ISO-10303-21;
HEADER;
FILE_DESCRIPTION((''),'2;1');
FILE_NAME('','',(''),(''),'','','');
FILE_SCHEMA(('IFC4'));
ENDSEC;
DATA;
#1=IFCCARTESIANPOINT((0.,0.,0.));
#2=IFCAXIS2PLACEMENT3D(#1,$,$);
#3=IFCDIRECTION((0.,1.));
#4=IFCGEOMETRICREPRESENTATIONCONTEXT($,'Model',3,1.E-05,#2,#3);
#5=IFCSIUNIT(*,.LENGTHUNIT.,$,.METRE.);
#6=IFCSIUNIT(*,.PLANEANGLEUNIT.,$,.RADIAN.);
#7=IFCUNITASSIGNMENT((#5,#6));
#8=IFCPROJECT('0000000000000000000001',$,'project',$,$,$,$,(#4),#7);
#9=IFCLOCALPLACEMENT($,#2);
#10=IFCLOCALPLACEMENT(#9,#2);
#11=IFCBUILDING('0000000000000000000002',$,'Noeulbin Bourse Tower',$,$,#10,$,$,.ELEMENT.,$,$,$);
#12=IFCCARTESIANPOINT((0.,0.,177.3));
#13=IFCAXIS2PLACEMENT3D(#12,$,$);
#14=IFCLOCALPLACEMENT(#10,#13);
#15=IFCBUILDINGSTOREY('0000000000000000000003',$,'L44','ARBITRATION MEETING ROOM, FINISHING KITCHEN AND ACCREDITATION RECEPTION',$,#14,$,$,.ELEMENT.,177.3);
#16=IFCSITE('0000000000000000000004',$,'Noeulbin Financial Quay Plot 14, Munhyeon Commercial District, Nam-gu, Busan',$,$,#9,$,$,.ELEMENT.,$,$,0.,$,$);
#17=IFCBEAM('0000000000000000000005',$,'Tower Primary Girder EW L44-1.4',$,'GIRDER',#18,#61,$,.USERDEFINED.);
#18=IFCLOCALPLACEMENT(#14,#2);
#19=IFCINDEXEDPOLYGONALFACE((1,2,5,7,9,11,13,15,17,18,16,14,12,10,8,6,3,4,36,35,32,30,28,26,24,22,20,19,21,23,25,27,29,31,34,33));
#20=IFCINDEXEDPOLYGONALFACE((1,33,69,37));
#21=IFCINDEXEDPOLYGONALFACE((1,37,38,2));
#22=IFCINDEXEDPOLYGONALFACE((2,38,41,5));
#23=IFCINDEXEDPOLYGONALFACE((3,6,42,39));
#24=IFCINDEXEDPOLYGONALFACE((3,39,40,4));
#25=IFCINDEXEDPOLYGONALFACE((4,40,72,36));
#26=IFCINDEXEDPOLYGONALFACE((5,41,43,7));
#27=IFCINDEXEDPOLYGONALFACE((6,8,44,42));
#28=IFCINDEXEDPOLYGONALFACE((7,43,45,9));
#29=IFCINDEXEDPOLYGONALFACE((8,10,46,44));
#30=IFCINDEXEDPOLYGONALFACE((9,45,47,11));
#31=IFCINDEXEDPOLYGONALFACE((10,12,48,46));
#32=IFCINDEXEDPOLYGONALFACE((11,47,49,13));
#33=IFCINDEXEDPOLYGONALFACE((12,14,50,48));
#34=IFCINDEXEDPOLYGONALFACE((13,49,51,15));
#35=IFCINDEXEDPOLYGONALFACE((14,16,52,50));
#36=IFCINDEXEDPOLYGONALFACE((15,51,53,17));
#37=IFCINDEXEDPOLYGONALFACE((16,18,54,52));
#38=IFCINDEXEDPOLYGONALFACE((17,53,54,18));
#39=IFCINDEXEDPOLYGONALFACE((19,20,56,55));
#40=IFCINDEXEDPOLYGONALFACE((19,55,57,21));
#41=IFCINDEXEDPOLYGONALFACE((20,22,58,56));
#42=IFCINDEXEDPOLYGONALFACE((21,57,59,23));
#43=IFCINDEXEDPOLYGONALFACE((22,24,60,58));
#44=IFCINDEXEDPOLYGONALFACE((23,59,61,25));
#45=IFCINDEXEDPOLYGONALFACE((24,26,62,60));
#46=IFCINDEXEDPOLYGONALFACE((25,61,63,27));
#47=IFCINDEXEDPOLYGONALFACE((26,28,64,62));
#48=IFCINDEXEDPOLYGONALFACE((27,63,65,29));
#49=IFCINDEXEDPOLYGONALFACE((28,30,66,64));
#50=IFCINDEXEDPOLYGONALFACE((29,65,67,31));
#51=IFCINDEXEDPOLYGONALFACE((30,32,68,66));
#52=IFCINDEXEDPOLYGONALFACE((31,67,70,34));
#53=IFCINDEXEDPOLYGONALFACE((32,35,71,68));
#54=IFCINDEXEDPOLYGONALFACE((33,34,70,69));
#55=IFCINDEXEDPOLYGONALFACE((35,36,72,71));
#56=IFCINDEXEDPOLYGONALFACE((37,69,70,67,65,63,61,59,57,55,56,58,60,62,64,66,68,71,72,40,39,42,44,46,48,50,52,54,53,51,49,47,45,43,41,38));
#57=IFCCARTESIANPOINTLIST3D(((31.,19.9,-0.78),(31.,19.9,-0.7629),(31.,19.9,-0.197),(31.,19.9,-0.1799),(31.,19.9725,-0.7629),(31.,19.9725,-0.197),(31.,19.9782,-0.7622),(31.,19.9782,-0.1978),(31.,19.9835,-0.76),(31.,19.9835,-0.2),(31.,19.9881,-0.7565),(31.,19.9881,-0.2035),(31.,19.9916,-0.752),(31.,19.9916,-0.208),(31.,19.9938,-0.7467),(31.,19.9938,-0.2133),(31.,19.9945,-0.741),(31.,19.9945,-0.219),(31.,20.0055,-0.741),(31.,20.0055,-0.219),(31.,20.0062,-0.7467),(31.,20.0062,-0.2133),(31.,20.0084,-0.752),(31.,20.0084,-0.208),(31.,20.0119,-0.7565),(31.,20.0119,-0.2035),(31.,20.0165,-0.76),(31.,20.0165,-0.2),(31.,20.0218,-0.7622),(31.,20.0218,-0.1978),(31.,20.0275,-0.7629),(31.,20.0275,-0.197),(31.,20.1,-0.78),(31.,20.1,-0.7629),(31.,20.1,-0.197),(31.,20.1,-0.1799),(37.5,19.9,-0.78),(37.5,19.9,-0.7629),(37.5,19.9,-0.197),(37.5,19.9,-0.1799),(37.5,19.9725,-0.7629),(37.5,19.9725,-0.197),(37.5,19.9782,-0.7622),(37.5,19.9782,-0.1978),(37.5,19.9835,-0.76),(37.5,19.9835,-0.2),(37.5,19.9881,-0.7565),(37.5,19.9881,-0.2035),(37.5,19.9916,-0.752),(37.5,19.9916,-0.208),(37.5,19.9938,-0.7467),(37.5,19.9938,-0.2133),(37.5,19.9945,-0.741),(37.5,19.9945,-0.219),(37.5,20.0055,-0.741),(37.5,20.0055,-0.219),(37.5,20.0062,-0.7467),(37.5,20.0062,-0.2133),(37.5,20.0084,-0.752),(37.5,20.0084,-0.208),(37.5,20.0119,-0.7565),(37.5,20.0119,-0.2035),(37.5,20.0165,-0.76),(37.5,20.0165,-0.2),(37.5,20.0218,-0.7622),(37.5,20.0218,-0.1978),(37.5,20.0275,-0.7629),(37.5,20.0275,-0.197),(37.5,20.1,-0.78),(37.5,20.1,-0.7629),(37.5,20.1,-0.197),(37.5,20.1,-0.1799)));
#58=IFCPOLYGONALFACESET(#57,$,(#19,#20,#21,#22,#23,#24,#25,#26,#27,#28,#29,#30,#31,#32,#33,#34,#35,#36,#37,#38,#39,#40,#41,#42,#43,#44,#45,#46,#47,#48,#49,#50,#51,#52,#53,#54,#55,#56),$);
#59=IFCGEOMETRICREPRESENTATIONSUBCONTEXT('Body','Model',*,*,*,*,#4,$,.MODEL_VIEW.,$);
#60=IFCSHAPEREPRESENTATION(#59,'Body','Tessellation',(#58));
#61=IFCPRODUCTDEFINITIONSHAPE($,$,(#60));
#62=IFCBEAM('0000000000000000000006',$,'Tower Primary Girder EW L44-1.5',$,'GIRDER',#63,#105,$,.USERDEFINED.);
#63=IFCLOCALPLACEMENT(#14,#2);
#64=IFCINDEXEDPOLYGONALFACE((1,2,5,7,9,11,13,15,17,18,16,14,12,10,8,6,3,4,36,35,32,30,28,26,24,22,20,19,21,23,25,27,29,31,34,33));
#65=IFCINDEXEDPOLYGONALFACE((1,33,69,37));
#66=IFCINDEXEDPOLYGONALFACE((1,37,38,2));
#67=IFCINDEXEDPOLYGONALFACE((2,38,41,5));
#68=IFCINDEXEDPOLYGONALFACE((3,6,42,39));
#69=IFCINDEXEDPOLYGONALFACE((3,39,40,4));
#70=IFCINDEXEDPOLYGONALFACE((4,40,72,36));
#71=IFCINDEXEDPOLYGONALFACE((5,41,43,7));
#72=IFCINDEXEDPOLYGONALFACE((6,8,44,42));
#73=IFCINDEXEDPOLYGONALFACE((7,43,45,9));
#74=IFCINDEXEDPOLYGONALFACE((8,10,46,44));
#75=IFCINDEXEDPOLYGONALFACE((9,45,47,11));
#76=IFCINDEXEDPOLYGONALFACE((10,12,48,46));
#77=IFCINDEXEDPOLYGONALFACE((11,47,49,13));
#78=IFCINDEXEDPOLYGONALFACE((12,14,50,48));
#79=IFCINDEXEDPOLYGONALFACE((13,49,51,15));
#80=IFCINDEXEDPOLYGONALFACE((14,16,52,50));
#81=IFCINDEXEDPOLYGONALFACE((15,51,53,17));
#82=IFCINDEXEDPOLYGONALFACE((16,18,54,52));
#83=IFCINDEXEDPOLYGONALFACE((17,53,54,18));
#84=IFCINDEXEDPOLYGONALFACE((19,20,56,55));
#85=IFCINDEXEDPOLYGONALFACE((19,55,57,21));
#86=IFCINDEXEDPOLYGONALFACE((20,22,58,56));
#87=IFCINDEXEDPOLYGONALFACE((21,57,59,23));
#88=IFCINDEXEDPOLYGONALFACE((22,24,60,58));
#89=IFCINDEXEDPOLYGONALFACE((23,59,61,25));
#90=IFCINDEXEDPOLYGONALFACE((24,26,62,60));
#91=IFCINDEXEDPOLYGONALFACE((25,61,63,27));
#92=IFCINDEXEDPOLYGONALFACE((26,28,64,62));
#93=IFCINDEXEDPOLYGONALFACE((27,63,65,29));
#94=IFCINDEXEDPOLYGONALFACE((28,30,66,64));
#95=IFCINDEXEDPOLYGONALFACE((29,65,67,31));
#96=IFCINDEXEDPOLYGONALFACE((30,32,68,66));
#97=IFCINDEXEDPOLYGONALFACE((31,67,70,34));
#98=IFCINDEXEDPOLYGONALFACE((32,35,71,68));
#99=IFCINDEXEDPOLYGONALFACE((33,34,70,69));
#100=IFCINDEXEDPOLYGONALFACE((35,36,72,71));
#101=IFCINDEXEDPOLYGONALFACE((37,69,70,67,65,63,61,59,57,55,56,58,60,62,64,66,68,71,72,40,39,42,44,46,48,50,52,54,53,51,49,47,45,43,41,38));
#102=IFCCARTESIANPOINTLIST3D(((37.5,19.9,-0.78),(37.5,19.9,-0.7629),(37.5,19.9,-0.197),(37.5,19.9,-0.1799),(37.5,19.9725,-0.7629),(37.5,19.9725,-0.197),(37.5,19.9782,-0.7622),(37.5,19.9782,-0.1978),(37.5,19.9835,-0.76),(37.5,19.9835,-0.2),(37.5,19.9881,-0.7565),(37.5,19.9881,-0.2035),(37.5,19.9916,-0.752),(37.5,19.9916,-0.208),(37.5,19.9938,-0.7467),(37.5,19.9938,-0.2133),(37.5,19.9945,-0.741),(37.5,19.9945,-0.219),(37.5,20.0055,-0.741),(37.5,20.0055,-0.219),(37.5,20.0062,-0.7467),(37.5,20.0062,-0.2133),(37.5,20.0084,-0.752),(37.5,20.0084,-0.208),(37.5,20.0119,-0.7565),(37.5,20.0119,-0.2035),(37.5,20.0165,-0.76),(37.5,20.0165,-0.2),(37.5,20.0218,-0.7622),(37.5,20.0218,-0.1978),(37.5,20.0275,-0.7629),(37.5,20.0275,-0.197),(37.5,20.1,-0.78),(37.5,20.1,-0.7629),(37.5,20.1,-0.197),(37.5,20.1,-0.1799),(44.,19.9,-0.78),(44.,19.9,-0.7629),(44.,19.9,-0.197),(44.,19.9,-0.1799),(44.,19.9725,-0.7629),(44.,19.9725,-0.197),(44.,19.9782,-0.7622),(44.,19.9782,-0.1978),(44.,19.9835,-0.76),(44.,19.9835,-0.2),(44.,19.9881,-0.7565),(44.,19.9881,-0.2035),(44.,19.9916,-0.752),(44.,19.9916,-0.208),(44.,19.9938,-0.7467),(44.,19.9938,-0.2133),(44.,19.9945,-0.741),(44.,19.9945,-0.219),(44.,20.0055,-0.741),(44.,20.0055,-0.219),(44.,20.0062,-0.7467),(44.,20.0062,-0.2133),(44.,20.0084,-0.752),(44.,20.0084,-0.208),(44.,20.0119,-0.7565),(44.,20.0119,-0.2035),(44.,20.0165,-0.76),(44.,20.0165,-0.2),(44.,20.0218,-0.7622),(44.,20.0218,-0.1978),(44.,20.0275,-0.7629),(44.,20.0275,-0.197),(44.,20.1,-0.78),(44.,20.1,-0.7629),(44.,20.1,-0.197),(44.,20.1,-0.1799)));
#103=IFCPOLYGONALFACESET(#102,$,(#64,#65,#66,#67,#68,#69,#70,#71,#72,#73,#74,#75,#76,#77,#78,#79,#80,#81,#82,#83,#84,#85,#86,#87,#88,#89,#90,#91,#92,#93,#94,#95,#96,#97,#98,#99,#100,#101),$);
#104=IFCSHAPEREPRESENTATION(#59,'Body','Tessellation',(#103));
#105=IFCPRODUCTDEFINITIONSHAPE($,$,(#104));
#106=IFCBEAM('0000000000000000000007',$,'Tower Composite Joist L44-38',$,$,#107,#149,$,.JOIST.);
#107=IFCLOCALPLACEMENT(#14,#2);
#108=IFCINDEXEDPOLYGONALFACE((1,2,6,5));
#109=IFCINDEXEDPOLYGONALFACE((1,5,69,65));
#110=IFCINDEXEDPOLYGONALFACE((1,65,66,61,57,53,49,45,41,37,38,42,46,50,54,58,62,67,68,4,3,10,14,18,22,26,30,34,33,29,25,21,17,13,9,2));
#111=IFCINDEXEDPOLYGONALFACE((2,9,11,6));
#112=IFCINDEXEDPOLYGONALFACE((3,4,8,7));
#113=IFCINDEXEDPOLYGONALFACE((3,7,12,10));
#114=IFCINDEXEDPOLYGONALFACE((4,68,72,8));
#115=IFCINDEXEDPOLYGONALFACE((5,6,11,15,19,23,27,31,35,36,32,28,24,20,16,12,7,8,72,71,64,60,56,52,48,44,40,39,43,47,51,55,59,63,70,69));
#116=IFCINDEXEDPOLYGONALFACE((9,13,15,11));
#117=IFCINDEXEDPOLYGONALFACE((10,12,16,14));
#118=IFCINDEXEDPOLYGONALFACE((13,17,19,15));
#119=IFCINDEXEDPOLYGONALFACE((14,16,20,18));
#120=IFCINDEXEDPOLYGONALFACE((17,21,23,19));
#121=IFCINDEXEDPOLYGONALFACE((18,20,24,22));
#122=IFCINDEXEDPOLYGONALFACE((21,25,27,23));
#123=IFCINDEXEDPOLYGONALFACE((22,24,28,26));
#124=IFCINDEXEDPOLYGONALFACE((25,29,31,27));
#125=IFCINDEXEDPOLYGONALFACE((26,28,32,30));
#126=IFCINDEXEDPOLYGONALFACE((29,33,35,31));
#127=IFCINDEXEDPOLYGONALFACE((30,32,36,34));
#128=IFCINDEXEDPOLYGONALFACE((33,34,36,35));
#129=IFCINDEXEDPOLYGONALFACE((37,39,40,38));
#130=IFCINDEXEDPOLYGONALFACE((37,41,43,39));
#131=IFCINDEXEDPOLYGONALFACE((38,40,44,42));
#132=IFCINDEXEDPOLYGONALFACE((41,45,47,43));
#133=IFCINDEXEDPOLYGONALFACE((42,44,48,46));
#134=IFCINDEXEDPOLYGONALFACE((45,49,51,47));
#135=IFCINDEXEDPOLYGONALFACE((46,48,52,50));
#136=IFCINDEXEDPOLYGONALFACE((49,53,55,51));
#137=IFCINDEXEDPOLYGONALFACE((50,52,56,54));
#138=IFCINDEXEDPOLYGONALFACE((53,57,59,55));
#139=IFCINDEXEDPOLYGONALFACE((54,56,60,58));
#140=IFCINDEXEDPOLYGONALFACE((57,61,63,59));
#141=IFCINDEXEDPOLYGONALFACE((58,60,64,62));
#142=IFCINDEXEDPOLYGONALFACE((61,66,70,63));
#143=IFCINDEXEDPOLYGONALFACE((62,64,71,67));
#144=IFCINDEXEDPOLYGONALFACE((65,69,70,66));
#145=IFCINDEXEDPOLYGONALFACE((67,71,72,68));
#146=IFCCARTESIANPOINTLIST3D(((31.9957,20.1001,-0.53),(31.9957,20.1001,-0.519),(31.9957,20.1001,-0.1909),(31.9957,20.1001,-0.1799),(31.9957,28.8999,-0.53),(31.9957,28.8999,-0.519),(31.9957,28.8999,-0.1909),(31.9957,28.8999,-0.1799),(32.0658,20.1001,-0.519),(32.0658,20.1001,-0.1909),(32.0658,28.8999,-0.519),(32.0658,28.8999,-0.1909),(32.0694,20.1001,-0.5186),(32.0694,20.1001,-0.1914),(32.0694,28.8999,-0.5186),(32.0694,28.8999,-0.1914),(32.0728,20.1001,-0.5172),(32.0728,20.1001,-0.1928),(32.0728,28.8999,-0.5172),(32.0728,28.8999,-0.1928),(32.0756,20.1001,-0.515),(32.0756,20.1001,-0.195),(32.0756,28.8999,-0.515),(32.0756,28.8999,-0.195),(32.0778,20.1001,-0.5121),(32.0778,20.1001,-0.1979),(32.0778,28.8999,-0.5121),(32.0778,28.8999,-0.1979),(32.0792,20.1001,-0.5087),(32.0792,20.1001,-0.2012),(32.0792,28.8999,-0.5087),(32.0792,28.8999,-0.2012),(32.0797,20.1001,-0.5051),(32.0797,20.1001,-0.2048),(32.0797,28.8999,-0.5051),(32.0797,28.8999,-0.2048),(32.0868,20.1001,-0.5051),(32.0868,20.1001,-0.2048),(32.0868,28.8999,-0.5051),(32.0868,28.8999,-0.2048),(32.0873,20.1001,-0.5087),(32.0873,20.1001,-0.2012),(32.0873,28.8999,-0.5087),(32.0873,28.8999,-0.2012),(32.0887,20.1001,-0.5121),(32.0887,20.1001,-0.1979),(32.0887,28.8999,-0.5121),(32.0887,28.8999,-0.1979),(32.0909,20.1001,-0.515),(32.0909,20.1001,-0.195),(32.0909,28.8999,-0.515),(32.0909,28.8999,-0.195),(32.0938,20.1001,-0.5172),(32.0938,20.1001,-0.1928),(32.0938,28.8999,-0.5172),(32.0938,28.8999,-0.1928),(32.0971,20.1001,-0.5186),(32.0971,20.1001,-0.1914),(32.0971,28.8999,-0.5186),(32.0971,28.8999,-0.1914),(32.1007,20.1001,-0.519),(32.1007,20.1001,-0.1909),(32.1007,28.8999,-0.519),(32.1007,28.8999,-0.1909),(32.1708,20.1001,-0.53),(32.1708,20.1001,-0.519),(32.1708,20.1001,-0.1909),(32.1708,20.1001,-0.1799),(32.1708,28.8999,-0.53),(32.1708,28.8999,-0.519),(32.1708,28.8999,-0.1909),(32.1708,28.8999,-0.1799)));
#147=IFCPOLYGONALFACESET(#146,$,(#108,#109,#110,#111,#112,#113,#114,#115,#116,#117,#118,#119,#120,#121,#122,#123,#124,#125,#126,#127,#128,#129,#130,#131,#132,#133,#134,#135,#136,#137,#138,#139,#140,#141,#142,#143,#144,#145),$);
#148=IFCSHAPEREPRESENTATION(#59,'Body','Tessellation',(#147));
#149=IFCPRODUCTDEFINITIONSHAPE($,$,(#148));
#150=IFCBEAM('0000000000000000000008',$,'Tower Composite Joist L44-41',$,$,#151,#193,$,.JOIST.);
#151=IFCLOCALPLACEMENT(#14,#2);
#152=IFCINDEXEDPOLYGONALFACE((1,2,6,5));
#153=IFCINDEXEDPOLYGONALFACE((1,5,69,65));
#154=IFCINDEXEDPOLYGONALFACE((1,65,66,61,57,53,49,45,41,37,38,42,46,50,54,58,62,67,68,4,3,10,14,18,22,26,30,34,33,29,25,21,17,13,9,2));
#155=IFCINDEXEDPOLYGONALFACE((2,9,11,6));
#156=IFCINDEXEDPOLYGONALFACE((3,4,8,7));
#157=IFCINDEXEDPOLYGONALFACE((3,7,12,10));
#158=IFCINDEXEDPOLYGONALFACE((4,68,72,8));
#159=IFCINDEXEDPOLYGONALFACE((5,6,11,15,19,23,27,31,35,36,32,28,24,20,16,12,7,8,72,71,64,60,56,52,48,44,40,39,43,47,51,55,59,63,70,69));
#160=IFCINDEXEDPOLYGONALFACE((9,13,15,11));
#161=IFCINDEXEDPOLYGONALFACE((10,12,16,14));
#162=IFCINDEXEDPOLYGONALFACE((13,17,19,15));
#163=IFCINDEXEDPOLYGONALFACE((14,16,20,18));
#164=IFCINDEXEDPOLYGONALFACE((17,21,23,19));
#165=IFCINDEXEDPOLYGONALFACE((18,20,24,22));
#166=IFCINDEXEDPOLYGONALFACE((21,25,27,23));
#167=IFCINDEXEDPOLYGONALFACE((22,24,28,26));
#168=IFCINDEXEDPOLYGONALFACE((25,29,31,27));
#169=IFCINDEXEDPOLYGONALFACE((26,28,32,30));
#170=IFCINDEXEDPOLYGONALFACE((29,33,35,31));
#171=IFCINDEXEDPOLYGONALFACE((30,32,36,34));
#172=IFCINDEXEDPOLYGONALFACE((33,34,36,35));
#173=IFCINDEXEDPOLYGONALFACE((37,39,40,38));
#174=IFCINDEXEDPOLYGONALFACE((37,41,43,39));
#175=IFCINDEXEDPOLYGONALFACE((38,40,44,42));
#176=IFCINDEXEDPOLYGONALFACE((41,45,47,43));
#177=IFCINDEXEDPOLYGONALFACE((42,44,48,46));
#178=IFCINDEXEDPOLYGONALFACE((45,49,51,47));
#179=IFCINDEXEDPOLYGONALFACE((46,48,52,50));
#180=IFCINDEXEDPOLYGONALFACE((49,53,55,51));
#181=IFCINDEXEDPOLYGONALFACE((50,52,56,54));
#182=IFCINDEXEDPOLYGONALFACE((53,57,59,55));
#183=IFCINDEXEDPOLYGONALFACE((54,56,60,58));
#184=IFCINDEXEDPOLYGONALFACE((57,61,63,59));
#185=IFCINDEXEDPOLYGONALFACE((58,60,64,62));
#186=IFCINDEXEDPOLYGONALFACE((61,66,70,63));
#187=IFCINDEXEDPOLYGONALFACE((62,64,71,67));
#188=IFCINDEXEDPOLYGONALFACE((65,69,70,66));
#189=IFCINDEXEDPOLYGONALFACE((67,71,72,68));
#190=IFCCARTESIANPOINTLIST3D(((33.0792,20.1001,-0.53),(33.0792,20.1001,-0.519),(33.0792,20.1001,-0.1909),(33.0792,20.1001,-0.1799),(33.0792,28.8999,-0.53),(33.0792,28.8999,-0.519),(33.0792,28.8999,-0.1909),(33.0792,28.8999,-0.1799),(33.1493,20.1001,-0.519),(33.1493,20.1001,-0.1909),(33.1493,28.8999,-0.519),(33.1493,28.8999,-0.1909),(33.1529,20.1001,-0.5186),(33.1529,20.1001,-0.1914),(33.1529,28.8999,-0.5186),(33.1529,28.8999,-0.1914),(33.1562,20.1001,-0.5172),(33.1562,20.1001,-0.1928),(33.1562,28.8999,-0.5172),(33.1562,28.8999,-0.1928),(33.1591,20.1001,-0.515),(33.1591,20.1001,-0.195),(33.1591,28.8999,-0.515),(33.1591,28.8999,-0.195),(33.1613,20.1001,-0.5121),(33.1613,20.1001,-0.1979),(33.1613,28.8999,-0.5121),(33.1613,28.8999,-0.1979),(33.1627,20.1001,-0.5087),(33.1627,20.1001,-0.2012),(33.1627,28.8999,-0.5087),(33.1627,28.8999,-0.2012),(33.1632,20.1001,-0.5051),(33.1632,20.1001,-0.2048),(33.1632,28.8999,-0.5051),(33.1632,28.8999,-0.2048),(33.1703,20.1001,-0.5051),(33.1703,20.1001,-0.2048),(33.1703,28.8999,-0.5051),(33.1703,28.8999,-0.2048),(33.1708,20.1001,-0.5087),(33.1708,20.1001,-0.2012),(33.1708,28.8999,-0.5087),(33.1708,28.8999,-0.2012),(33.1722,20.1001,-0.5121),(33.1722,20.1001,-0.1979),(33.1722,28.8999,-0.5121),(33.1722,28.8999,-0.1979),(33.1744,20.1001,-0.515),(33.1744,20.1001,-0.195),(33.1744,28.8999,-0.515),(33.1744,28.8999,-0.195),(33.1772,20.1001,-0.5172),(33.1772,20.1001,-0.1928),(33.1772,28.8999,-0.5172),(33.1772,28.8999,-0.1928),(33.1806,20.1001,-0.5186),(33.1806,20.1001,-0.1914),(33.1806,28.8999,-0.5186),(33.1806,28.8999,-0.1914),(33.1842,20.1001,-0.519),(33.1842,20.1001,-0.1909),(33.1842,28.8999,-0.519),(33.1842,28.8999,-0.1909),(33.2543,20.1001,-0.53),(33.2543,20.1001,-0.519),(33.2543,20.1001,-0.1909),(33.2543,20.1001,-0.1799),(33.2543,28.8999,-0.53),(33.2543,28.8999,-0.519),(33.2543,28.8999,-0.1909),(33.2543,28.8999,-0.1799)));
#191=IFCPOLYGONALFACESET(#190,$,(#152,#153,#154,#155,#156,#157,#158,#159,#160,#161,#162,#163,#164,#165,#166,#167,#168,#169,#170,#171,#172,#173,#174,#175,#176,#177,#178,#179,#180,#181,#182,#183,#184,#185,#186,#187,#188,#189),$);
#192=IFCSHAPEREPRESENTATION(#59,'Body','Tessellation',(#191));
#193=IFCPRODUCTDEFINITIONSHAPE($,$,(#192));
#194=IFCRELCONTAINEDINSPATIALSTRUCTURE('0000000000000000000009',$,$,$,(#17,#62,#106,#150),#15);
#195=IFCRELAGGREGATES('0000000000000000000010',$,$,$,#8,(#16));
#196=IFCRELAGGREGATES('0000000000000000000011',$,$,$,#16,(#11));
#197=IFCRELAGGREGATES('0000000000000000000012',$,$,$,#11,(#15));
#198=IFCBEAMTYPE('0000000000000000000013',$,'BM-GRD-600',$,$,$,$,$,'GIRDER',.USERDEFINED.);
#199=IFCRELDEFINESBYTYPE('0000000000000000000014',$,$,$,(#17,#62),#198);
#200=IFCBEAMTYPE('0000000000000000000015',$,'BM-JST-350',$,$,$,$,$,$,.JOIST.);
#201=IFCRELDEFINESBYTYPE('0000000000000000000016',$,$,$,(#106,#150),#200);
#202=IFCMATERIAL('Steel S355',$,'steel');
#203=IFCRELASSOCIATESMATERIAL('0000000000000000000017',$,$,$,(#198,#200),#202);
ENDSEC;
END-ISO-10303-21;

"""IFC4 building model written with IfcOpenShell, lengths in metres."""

from ifc_helpers import new_model, si_unit, direction, frame, origin, origin_2d, place, context, subcontext, project, spatial, i_section, extrude, material, material_profile, profile_set, type_object, element, save


model = new_model("IFC4")

# Units and contexts
model_context = context("Model", 3, precision=1e-05, world=origin(), true_north=direction((0.0, 1.0)))
body_context = subcontext(model_context, "Body", "Model", "MODEL_VIEW")
ifc_project = project(units=[si_unit("LENGTHUNIT", "METRE"), si_unit("PLANEANGLEUNIT", "RADIAN")], contexts=[model_context])

# Site, building, storey
site_placement = place(None, origin())
site = spatial("IfcSite", under=ifc_project, at=site_placement, Name="Noeulbin Financial Quay Plot 14, Munhyeon Commercial District, Nam-gu, Busan", CompositionType="ELEMENT", RefElevation=0.0)
building_placement = place(site_placement, origin())
building = spatial("IfcBuilding", under=site, at=building_placement, Name="Noeulbin Bourse Tower", CompositionType="ELEMENT")
storey_placement = place(building_placement, frame((0.0, 0.0, 177.3)))
storey = spatial("IfcBuildingStorey", under=building, at=storey_placement, Name="L44", Description="ARBITRATION MEETING ROOM, FINISHING KITCHEN AND ACCREDITATION RECEPTION", CompositionType="ELEMENT", Elevation=177.3)

# Beams
ifc_material_1 = material(Name="Steel S355", Category="steel")
ifc_material_profile_1 = material_profile(ifc_material_1, i_section(OverallWidth=0.2, OverallDepth=0.6001, WebThickness=0.011, FlangeThickness=0.0171, FilletRadius=0.022, at=origin_2d()), Name="H-600x200x11x17", Category="LoadBearing")
ifc_profile_set_1 = profile_set([ifc_material_profile_1], Name="Steel S355")
beam_type_1 = type_object("IfcBeamType", Name="BM-GRD-600", ElementType="GIRDER", PredefinedType="USERDEFINED", material=ifc_profile_set_1)
for number, where, z_axis, x_axis, name in (
    (1, (31.0, 20.0, -0.48), (1.0, 0.0, 0.0), (0.0, 1.0, 0.0), "Tower Primary Girder EW L44-1.4"),
    (2, (37.5, 20.0, -0.48), (1.0, 0.0, 0.0), (0.0, 1.0, 0.0), "Tower Primary Girder EW L44-1.5"),
):
    element("IfcBeam", number, at=place(storey_placement, frame(where, z_axis=z_axis, x_axis=x_axis)), inside=storey, type_object=beam_type_1, Name=name, ObjectType="GIRDER", PredefinedType="USERDEFINED", context=body_context, shape_type="SweptSolid", body=[
        extrude(i_section(OverallWidth=0.2, OverallDepth=0.6001, WebThickness=0.011, FlangeThickness=0.0171, FilletRadius=0.022, at=origin_2d()), origin(), (0.0, 0.0, 1.0), 6.5),
    ])
ifc_material_profile_2 = material_profile(ifc_material_1, i_section(OverallWidth=0.175, OverallDepth=0.3501, WebThickness=0.0071, FlangeThickness=0.011, FilletRadius=0.0139, at=origin_2d()), Name="H-350x175x7x11", Category="LoadBearing")
ifc_profile_set_2 = profile_set([ifc_material_profile_2], Name="Steel S355")
beam_type_2 = type_object("IfcBeamType", Name="BM-JST-350", PredefinedType="JOIST", material=ifc_profile_set_2)
for number, where, z_axis, x_axis, name in (
    (3, (32.0833, 20.1001, -0.355), (0.0, 1.0, 0.0), (-1.0, 0.0, 0.0), "Tower Composite Joist L44-38"),
    (4, (33.1667, 20.1001, -0.355), (0.0, 1.0, 0.0), (-1.0, 0.0, 0.0), "Tower Composite Joist L44-41"),
):
    element("IfcBeam", number, at=place(storey_placement, frame(where, z_axis=z_axis, x_axis=x_axis)), inside=storey, type_object=beam_type_2, Name=name, PredefinedType="JOIST", context=body_context, shape_type="SweptSolid", body=[
        extrude(i_section(OverallWidth=0.175, OverallDepth=0.3501, WebThickness=0.0071, FlangeThickness=0.011, FilletRadius=0.0139, at=origin_2d()), origin(), (0.0, 0.0, 1.0), 8.7998),
    ])

save(model, "model.ifc")
